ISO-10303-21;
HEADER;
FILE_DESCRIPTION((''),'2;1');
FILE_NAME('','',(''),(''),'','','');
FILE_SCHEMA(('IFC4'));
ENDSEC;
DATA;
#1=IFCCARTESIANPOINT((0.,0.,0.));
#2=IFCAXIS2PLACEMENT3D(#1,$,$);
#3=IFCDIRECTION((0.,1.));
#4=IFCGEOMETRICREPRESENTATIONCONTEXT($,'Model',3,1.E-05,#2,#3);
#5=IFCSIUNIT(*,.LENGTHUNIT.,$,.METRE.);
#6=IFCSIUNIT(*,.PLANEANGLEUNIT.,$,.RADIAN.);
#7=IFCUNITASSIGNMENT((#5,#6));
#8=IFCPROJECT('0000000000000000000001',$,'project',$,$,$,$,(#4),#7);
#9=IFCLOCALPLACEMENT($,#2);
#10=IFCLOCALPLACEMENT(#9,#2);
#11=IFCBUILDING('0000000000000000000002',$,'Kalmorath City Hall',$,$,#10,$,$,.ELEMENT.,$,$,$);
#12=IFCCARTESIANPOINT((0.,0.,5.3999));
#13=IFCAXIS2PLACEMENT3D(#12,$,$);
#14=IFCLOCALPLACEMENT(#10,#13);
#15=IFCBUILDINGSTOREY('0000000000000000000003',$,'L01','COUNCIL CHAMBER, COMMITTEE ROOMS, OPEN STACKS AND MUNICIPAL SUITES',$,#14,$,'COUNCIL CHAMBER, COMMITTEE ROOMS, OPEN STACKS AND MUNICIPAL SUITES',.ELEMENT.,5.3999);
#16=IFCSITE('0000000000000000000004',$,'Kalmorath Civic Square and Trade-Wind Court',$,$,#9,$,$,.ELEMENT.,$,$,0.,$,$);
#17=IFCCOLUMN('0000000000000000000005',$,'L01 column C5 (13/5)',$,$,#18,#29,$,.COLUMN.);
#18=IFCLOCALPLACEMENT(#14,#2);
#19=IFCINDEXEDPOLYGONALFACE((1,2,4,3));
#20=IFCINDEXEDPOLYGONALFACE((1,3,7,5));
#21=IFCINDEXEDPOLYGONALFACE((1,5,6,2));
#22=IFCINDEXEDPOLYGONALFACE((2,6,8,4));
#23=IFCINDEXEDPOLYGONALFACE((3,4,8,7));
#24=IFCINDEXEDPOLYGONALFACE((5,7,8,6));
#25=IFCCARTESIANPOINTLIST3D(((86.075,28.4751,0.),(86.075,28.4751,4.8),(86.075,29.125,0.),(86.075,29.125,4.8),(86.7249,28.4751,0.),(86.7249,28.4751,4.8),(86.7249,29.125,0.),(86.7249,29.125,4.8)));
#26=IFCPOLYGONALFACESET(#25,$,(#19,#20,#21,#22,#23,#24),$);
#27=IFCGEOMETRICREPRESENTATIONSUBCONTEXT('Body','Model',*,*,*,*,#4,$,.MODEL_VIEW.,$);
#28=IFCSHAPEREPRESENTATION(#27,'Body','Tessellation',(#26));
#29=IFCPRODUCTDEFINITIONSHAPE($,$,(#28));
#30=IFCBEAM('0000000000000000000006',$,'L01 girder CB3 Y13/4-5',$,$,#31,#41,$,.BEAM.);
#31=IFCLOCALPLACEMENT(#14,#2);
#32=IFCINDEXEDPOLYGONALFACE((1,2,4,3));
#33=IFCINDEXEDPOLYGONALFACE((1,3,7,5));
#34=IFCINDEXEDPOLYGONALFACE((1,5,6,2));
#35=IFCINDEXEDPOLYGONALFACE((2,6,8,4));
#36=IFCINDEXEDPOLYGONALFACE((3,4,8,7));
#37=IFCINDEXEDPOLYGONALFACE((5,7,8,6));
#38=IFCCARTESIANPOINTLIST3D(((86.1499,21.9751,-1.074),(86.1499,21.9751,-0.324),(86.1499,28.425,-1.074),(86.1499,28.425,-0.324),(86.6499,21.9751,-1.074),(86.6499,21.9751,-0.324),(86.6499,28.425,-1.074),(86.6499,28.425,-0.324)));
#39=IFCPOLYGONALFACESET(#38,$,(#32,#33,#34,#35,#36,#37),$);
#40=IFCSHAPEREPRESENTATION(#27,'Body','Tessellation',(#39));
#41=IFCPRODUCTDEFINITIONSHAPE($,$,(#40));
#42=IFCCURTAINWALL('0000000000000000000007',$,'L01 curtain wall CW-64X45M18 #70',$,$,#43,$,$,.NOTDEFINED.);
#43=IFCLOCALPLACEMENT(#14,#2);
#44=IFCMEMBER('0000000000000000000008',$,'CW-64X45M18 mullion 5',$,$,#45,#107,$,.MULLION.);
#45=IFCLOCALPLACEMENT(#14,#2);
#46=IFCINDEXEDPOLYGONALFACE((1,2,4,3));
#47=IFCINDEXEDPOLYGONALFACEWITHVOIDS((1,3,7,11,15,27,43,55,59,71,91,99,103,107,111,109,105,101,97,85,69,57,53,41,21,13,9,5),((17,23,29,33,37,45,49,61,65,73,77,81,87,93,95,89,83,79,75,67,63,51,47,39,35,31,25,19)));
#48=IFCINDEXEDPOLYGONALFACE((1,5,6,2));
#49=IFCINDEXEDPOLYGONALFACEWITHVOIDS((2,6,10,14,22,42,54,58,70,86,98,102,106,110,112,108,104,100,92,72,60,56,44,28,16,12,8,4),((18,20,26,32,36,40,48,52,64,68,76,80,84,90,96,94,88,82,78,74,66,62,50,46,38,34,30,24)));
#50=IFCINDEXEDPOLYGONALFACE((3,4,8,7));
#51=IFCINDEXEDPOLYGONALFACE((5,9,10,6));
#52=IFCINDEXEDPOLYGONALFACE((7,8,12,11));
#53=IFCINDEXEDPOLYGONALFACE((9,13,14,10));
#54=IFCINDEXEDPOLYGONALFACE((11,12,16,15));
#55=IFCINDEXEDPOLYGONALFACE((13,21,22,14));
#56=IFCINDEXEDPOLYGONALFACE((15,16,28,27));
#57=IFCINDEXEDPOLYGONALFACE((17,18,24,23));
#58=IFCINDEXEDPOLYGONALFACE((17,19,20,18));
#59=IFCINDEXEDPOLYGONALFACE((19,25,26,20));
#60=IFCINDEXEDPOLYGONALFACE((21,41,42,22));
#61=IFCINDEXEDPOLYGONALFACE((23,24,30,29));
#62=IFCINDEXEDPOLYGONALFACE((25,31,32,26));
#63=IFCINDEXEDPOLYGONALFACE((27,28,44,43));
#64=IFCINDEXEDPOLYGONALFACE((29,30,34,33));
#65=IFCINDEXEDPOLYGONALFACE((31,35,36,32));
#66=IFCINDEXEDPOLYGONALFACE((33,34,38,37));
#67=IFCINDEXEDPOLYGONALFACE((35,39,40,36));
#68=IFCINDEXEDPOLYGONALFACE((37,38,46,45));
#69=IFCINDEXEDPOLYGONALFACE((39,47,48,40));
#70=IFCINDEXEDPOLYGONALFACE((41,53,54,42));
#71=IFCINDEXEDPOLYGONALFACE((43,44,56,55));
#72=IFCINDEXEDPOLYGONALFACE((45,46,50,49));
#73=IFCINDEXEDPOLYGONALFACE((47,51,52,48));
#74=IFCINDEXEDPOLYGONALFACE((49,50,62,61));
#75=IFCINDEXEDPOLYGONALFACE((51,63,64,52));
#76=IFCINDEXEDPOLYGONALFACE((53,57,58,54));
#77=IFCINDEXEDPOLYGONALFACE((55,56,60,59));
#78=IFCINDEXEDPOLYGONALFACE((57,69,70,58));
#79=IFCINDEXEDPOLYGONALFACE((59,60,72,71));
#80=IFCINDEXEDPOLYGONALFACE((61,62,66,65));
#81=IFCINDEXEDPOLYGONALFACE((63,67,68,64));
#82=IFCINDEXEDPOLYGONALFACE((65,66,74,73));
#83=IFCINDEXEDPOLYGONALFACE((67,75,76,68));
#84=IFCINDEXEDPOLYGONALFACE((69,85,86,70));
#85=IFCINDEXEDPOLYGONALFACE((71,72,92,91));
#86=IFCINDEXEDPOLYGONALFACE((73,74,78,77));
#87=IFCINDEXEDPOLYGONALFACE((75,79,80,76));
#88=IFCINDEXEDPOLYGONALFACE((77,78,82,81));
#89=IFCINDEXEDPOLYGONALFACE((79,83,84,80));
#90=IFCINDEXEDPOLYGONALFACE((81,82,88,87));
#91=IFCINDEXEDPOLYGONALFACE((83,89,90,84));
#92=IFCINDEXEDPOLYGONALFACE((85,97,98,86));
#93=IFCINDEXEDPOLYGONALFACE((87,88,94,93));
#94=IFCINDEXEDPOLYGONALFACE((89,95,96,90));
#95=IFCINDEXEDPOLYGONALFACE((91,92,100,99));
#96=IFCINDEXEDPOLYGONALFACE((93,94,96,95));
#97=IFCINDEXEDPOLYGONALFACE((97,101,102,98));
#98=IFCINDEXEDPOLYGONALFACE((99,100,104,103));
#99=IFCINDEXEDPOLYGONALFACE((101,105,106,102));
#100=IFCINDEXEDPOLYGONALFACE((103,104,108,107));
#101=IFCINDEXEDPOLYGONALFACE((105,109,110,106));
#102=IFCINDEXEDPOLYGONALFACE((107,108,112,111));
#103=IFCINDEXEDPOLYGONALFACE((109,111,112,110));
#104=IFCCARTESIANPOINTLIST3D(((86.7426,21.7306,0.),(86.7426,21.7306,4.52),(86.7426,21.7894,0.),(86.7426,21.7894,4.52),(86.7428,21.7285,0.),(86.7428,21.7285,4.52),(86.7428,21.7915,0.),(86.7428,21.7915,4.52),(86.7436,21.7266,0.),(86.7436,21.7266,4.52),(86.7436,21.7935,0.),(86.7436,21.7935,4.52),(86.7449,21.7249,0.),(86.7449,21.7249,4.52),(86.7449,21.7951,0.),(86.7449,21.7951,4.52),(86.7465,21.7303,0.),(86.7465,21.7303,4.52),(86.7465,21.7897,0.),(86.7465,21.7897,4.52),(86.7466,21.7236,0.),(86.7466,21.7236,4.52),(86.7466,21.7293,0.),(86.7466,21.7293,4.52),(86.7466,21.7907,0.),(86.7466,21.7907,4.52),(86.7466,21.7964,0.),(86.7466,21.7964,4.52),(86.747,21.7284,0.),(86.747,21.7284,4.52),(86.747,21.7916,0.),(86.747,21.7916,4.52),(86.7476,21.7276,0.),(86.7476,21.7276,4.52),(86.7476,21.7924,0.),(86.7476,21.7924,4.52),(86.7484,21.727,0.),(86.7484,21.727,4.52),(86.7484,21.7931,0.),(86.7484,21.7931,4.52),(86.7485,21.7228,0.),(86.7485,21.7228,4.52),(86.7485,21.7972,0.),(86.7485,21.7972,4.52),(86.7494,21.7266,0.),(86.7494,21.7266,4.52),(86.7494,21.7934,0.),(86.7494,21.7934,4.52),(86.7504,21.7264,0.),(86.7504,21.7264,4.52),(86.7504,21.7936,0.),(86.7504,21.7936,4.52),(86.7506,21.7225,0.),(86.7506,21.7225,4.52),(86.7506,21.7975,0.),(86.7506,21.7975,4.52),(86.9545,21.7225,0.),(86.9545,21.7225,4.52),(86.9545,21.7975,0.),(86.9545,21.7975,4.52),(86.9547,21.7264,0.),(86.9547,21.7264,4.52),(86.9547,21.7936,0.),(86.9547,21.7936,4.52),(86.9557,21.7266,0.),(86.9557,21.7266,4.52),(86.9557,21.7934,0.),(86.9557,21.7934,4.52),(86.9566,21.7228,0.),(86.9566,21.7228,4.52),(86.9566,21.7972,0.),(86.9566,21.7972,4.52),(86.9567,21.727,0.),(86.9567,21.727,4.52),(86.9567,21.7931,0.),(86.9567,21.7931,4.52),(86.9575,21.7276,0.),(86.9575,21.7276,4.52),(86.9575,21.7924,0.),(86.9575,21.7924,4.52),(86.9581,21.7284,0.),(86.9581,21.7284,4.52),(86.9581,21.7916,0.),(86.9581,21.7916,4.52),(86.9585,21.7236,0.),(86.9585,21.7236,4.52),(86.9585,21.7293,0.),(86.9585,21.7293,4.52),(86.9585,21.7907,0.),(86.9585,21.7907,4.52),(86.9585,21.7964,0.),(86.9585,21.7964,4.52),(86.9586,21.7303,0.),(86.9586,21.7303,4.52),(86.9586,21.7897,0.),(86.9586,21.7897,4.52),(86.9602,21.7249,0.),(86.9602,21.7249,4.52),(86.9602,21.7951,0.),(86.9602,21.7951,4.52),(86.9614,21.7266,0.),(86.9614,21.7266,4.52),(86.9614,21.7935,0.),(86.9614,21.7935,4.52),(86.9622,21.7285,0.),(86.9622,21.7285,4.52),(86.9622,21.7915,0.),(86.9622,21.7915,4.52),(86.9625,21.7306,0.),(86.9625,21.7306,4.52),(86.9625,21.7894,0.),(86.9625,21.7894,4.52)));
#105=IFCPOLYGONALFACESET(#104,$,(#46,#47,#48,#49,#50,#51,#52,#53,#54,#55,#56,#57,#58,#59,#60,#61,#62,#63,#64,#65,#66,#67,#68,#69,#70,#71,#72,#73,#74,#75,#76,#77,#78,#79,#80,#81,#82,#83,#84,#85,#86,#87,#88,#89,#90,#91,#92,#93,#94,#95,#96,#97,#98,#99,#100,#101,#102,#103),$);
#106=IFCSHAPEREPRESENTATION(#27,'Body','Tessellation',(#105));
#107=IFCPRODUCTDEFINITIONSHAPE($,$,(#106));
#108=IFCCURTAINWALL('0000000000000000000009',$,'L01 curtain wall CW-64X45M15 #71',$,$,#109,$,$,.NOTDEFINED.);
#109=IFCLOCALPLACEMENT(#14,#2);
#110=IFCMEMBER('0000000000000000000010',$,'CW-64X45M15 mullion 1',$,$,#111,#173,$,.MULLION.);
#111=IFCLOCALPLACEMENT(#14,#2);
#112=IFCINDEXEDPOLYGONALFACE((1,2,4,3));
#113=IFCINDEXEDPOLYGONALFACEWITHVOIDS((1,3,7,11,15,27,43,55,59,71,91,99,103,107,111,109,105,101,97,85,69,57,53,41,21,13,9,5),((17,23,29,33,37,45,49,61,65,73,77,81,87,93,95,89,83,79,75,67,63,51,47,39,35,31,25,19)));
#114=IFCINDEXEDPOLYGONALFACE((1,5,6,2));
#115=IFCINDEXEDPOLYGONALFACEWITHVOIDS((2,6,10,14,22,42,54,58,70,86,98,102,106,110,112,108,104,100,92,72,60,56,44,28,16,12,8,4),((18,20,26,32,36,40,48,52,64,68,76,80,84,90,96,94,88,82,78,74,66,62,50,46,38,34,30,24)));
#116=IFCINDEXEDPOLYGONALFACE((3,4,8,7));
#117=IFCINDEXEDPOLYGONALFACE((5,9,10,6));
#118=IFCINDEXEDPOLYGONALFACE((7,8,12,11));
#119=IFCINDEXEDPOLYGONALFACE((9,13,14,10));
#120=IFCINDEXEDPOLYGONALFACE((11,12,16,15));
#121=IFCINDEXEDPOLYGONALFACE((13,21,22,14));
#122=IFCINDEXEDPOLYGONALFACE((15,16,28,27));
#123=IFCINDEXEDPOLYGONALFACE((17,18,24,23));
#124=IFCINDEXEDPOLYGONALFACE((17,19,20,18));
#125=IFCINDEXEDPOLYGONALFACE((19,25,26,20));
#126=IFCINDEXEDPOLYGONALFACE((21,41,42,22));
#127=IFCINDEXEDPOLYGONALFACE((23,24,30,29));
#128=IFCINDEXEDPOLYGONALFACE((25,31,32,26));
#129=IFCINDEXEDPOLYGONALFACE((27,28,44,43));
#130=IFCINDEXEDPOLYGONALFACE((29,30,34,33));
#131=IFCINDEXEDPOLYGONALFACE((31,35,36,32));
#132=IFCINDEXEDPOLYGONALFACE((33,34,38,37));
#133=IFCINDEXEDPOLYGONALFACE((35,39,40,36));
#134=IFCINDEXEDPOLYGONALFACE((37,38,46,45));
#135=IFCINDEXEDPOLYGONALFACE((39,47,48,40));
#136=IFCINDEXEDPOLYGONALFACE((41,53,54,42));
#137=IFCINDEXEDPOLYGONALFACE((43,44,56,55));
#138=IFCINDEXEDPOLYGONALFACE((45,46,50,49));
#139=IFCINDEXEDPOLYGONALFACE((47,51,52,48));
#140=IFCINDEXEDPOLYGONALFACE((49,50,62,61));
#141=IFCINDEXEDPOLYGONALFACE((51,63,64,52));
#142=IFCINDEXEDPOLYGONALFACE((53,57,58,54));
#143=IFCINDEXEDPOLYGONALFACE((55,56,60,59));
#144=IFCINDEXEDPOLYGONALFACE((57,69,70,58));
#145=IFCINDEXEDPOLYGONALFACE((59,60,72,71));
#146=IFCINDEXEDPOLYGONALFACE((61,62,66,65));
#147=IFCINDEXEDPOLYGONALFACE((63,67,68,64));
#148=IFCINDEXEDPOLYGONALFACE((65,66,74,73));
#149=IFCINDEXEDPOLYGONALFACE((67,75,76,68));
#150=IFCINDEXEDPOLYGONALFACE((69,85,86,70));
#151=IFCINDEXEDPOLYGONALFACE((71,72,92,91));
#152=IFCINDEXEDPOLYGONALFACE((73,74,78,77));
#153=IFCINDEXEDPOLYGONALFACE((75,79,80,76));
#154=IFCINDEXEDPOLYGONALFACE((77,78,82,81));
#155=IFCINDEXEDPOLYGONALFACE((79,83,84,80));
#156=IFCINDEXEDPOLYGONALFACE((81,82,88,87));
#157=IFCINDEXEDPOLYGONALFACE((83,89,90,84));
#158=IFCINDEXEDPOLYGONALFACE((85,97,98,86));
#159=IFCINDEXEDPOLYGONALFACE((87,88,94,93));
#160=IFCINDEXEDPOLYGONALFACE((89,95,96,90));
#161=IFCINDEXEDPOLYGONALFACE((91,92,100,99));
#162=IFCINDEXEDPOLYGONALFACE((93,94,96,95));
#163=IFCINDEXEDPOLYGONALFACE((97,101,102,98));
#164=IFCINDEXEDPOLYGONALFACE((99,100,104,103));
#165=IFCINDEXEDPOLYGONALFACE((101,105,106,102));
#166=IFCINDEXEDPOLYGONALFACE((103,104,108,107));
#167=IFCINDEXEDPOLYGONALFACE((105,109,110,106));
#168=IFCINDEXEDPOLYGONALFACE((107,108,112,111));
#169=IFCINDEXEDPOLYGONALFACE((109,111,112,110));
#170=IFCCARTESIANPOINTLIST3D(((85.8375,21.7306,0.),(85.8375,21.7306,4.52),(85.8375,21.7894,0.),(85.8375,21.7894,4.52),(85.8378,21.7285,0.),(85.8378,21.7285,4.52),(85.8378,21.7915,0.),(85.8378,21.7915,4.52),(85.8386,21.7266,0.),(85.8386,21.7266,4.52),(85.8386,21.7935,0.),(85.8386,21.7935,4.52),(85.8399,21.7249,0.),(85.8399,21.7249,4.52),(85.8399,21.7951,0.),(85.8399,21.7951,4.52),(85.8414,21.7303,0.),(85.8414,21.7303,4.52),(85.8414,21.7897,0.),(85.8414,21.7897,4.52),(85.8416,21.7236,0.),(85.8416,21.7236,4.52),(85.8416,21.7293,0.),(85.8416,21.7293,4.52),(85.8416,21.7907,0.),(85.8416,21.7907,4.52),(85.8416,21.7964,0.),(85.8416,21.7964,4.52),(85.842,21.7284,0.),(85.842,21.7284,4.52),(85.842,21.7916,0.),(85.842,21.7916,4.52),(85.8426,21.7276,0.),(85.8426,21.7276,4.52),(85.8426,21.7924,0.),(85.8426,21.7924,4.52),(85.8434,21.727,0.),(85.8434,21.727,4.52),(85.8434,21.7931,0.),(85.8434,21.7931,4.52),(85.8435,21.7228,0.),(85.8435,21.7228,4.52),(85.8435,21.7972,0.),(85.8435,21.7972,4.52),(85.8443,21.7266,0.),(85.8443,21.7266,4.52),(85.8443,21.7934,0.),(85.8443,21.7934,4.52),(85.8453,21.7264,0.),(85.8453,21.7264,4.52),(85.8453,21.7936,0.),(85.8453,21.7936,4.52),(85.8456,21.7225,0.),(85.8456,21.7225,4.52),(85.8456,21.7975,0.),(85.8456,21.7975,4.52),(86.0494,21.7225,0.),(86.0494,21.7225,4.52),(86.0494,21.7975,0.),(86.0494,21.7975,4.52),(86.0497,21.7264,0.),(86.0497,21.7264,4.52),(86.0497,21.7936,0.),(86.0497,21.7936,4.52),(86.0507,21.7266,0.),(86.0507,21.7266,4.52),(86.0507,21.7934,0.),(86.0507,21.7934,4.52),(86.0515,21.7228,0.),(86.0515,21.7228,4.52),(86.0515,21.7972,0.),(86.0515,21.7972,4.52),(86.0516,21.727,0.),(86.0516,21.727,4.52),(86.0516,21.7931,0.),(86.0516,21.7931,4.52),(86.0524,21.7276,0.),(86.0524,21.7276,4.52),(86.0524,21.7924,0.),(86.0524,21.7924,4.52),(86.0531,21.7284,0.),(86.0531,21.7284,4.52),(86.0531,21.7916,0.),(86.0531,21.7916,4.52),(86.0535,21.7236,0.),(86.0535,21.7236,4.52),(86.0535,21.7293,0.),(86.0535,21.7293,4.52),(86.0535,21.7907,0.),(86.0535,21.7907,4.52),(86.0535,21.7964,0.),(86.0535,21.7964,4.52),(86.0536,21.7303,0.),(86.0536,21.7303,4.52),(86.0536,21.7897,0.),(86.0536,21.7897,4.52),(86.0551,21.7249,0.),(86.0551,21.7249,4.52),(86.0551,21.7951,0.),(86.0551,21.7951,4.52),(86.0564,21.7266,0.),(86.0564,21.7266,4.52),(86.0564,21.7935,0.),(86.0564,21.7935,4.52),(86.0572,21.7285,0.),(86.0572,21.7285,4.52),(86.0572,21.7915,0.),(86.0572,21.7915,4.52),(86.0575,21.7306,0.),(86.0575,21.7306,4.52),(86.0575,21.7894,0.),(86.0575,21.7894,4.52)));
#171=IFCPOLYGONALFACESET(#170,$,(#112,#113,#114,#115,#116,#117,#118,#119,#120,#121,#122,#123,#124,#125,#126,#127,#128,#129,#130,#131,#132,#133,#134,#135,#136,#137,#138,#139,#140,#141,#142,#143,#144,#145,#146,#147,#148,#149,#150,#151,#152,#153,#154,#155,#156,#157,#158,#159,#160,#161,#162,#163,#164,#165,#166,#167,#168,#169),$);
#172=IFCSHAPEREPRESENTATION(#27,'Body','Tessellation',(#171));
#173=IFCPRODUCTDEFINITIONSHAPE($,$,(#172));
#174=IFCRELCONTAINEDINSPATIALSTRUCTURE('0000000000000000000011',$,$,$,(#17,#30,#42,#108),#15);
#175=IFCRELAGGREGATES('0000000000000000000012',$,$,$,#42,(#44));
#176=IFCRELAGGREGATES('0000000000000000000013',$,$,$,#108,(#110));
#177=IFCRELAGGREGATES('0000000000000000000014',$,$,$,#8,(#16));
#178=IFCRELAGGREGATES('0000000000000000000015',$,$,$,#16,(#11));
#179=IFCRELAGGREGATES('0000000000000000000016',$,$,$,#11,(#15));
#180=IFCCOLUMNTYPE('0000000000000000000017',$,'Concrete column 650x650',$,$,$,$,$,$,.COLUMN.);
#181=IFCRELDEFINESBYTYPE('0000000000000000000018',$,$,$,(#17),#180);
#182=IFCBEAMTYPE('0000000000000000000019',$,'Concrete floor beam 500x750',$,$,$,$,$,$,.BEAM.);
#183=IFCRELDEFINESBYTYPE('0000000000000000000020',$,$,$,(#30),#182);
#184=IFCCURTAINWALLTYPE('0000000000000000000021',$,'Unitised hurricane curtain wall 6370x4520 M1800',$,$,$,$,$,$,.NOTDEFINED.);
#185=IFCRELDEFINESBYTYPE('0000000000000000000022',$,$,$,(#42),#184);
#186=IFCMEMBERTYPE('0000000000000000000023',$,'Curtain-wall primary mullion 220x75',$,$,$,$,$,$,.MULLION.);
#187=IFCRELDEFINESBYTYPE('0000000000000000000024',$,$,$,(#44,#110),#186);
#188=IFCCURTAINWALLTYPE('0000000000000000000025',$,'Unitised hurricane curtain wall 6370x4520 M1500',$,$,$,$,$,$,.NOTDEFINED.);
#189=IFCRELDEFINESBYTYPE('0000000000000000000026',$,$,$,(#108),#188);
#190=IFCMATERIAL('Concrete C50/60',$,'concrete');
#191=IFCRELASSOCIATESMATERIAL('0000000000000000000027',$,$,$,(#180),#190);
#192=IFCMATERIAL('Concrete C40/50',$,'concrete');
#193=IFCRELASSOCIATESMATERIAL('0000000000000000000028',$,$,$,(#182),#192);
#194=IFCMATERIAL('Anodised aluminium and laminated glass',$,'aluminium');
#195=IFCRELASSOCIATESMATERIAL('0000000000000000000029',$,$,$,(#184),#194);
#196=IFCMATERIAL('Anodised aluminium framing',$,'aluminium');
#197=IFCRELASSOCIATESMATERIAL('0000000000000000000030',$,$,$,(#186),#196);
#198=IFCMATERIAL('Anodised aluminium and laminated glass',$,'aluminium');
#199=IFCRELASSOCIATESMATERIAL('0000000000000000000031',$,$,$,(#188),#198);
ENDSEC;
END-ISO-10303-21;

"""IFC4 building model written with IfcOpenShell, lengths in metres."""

from ifc_helpers import new_model, si_unit, direction, frame, origin, origin_2d, place, context, subcontext, project, spatial, rectangle, hollow_rectangle, extrude, material, material_profile, profile_set, type_object, element, aggregate, save


model = new_model("IFC4")

# Units and contexts
model_context = context("Model", 3, precision=1e-05, world=origin(), true_north=direction((0.0, 1.0)))
body_context = subcontext(model_context, "Body", "Model", "MODEL_VIEW")
ifc_project = project(units=[si_unit("LENGTHUNIT", "METRE"), si_unit("PLANEANGLEUNIT", "RADIAN")], contexts=[model_context])

# Site, building, storey
site_placement = place(None, origin())
site = spatial("IfcSite", under=ifc_project, at=site_placement, Name="Kalmorath Civic Square and Trade-Wind Court", CompositionType="ELEMENT", RefElevation=0.0)
building_placement = place(site_placement, origin())
building = spatial("IfcBuilding", under=site, at=building_placement, Name="Kalmorath City Hall", CompositionType="ELEMENT")
storey_placement = place(building_placement, frame((0.0, 0.0, 5.3999)))
storey = spatial("IfcBuildingStorey", under=building, at=storey_placement, Name="L01", Description="COUNCIL CHAMBER, COMMITTEE ROOMS, OPEN STACKS AND MUNICIPAL SUITES", LongName="COUNCIL CHAMBER, COMMITTEE ROOMS, OPEN STACKS AND MUNICIPAL SUITES", CompositionType="ELEMENT", Elevation=5.3999)

# Column
ifc_material_1 = material(Name="Concrete C50/60", Category="concrete")
ifc_material_profile_1 = material_profile(ifc_material_1, rectangle(XDim=0.6499, YDim=0.6499, at=origin_2d()), Name="RC-COL-650X650")
ifc_profile_set_1 = profile_set([ifc_material_profile_1], Name="Concrete C50/60")
column_type = type_object("IfcColumnType", Name="Concrete column 650x650", PredefinedType="COLUMN", material=ifc_profile_set_1)
column_placement = place(storey_placement, frame((86.3999, 28.8, 0.0), z_axis=(0.0, 0.0, 1.0), x_axis=(1.0, 0.0, 0.0)))
element("IfcColumn", 1, at=column_placement, inside=storey, type_object=column_type, Name="L01 column C5 (13/5)", PredefinedType="COLUMN", context=body_context, shape_type="SweptSolid", body=[
    extrude(rectangle(XDim=0.6499, YDim=0.6499, at=origin_2d()), origin(), (0.0, 0.0, 1.0), 4.8),
])

# Beam
ifc_material_2 = material(Name="Concrete C40/50", Category="concrete")
ifc_material_profile_2 = material_profile(ifc_material_2, rectangle(XDim=0.5, YDim=0.75, at=origin_2d()), Name="RC-BM-500X750")
ifc_profile_set_2 = profile_set([ifc_material_profile_2], Name="Concrete C40/50")
beam_type_1 = type_object("IfcBeamType", Name="Concrete floor beam 500x750", PredefinedType="BEAM", material=ifc_profile_set_2)
beam_1_placement = place(storey_placement, frame((86.3999, 21.9751, -0.699), z_axis=(0.0, 1.0, 0.0), x_axis=(-1.0, 0.0, 0.0)))
element("IfcBeam", 2, at=beam_1_placement, inside=storey, type_object=beam_type_1, Name="L01 girder CB3 Y13/4-5", PredefinedType="BEAM", context=body_context, shape_type="SweptSolid", body=[
    extrude(rectangle(XDim=0.5, YDim=0.75, at=origin_2d()), origin(), (0.0, 0.0, 1.0), 6.45),
])

# Curtain wall, member
ifc_material_3 = material(Name="Anodised aluminium and laminated glass", Category="aluminium")
curtain_wall_type_1 = type_object("IfcCurtainWallType", Name="Unitised hurricane curtain wall 6370x4520 M1800", PredefinedType="NOTDEFINED", material=ifc_material_3)
curtain_wall_1_placement = place(storey_placement, origin())
curtain_wall_1 = element("IfcCurtainWall", 3, at=curtain_wall_1_placement, inside=storey, type_object=curtain_wall_type_1, Name="L01 curtain wall CW-64X45M18 #70", PredefinedType="NOTDEFINED")
ifc_material_4 = material(Name="Anodised aluminium framing", Category="aluminium")
ifc_material_profile_3 = material_profile(ifc_material_4, hollow_rectangle(XDim=0.075, YDim=0.22, WallThickness=0.0039, InnerFilletRadius=0.0039, OuterFilletRadius=0.0081, at=origin_2d()), Name="ALU-MUL-220X75X4")
ifc_profile_set_3 = profile_set([ifc_material_profile_3], Name="Anodised aluminium framing")
member_type_1 = type_object("IfcMemberType", Name="Curtain-wall primary mullion 220x75", PredefinedType="MULLION", material=ifc_profile_set_3)
member_1_placement = place(storey_placement, frame((86.8525, 21.76, 0.0), z_axis=(0.0, 0.0, 1.0), x_axis=(0.0, -1.0, 0.0)))
member_1 = element("IfcMember", 4, at=member_1_placement, type_object=member_type_1, Name="CW-64X45M18 mullion 5", PredefinedType="MULLION", context=body_context, shape_type="SweptSolid", body=[
    extrude(hollow_rectangle(XDim=0.075, YDim=0.22, WallThickness=0.0039, InnerFilletRadius=0.0039, OuterFilletRadius=0.0081, at=origin_2d()), origin(), (0.0, 0.0, 1.0), 4.52),
])

# Curtain wall, member
ifc_material_5 = material(Name="Anodised aluminium and laminated glass", Category="aluminium")
curtain_wall_type_2 = type_object("IfcCurtainWallType", Name="Unitised hurricane curtain wall 6370x4520 M1500", PredefinedType="NOTDEFINED", material=ifc_material_5)
curtain_wall_2_placement = place(storey_placement, origin())
curtain_wall_2 = element("IfcCurtainWall", 5, at=curtain_wall_2_placement, inside=storey, type_object=curtain_wall_type_2, Name="L01 curtain wall CW-64X45M15 #71", PredefinedType="NOTDEFINED")
member_2_placement = place(storey_placement, frame((85.9475, 21.76, 0.0), z_axis=(0.0, 0.0, 1.0), x_axis=(0.0, -1.0, 0.0)))
member_2 = element("IfcMember", 6, at=member_2_placement, type_object=member_type_1, Name="CW-64X45M15 mullion 1", PredefinedType="MULLION", context=body_context, shape_type="SweptSolid", body=[
    extrude(hollow_rectangle(XDim=0.075, YDim=0.22, WallThickness=0.0039, InnerFilletRadius=0.0039, OuterFilletRadius=0.0081, at=origin_2d()), origin(), (0.0, 0.0, 1.0), 4.52),
])

aggregate(curtain_wall_1, [member_1])
aggregate(curtain_wall_2, [member_2])

save(model, "model.ifc")
